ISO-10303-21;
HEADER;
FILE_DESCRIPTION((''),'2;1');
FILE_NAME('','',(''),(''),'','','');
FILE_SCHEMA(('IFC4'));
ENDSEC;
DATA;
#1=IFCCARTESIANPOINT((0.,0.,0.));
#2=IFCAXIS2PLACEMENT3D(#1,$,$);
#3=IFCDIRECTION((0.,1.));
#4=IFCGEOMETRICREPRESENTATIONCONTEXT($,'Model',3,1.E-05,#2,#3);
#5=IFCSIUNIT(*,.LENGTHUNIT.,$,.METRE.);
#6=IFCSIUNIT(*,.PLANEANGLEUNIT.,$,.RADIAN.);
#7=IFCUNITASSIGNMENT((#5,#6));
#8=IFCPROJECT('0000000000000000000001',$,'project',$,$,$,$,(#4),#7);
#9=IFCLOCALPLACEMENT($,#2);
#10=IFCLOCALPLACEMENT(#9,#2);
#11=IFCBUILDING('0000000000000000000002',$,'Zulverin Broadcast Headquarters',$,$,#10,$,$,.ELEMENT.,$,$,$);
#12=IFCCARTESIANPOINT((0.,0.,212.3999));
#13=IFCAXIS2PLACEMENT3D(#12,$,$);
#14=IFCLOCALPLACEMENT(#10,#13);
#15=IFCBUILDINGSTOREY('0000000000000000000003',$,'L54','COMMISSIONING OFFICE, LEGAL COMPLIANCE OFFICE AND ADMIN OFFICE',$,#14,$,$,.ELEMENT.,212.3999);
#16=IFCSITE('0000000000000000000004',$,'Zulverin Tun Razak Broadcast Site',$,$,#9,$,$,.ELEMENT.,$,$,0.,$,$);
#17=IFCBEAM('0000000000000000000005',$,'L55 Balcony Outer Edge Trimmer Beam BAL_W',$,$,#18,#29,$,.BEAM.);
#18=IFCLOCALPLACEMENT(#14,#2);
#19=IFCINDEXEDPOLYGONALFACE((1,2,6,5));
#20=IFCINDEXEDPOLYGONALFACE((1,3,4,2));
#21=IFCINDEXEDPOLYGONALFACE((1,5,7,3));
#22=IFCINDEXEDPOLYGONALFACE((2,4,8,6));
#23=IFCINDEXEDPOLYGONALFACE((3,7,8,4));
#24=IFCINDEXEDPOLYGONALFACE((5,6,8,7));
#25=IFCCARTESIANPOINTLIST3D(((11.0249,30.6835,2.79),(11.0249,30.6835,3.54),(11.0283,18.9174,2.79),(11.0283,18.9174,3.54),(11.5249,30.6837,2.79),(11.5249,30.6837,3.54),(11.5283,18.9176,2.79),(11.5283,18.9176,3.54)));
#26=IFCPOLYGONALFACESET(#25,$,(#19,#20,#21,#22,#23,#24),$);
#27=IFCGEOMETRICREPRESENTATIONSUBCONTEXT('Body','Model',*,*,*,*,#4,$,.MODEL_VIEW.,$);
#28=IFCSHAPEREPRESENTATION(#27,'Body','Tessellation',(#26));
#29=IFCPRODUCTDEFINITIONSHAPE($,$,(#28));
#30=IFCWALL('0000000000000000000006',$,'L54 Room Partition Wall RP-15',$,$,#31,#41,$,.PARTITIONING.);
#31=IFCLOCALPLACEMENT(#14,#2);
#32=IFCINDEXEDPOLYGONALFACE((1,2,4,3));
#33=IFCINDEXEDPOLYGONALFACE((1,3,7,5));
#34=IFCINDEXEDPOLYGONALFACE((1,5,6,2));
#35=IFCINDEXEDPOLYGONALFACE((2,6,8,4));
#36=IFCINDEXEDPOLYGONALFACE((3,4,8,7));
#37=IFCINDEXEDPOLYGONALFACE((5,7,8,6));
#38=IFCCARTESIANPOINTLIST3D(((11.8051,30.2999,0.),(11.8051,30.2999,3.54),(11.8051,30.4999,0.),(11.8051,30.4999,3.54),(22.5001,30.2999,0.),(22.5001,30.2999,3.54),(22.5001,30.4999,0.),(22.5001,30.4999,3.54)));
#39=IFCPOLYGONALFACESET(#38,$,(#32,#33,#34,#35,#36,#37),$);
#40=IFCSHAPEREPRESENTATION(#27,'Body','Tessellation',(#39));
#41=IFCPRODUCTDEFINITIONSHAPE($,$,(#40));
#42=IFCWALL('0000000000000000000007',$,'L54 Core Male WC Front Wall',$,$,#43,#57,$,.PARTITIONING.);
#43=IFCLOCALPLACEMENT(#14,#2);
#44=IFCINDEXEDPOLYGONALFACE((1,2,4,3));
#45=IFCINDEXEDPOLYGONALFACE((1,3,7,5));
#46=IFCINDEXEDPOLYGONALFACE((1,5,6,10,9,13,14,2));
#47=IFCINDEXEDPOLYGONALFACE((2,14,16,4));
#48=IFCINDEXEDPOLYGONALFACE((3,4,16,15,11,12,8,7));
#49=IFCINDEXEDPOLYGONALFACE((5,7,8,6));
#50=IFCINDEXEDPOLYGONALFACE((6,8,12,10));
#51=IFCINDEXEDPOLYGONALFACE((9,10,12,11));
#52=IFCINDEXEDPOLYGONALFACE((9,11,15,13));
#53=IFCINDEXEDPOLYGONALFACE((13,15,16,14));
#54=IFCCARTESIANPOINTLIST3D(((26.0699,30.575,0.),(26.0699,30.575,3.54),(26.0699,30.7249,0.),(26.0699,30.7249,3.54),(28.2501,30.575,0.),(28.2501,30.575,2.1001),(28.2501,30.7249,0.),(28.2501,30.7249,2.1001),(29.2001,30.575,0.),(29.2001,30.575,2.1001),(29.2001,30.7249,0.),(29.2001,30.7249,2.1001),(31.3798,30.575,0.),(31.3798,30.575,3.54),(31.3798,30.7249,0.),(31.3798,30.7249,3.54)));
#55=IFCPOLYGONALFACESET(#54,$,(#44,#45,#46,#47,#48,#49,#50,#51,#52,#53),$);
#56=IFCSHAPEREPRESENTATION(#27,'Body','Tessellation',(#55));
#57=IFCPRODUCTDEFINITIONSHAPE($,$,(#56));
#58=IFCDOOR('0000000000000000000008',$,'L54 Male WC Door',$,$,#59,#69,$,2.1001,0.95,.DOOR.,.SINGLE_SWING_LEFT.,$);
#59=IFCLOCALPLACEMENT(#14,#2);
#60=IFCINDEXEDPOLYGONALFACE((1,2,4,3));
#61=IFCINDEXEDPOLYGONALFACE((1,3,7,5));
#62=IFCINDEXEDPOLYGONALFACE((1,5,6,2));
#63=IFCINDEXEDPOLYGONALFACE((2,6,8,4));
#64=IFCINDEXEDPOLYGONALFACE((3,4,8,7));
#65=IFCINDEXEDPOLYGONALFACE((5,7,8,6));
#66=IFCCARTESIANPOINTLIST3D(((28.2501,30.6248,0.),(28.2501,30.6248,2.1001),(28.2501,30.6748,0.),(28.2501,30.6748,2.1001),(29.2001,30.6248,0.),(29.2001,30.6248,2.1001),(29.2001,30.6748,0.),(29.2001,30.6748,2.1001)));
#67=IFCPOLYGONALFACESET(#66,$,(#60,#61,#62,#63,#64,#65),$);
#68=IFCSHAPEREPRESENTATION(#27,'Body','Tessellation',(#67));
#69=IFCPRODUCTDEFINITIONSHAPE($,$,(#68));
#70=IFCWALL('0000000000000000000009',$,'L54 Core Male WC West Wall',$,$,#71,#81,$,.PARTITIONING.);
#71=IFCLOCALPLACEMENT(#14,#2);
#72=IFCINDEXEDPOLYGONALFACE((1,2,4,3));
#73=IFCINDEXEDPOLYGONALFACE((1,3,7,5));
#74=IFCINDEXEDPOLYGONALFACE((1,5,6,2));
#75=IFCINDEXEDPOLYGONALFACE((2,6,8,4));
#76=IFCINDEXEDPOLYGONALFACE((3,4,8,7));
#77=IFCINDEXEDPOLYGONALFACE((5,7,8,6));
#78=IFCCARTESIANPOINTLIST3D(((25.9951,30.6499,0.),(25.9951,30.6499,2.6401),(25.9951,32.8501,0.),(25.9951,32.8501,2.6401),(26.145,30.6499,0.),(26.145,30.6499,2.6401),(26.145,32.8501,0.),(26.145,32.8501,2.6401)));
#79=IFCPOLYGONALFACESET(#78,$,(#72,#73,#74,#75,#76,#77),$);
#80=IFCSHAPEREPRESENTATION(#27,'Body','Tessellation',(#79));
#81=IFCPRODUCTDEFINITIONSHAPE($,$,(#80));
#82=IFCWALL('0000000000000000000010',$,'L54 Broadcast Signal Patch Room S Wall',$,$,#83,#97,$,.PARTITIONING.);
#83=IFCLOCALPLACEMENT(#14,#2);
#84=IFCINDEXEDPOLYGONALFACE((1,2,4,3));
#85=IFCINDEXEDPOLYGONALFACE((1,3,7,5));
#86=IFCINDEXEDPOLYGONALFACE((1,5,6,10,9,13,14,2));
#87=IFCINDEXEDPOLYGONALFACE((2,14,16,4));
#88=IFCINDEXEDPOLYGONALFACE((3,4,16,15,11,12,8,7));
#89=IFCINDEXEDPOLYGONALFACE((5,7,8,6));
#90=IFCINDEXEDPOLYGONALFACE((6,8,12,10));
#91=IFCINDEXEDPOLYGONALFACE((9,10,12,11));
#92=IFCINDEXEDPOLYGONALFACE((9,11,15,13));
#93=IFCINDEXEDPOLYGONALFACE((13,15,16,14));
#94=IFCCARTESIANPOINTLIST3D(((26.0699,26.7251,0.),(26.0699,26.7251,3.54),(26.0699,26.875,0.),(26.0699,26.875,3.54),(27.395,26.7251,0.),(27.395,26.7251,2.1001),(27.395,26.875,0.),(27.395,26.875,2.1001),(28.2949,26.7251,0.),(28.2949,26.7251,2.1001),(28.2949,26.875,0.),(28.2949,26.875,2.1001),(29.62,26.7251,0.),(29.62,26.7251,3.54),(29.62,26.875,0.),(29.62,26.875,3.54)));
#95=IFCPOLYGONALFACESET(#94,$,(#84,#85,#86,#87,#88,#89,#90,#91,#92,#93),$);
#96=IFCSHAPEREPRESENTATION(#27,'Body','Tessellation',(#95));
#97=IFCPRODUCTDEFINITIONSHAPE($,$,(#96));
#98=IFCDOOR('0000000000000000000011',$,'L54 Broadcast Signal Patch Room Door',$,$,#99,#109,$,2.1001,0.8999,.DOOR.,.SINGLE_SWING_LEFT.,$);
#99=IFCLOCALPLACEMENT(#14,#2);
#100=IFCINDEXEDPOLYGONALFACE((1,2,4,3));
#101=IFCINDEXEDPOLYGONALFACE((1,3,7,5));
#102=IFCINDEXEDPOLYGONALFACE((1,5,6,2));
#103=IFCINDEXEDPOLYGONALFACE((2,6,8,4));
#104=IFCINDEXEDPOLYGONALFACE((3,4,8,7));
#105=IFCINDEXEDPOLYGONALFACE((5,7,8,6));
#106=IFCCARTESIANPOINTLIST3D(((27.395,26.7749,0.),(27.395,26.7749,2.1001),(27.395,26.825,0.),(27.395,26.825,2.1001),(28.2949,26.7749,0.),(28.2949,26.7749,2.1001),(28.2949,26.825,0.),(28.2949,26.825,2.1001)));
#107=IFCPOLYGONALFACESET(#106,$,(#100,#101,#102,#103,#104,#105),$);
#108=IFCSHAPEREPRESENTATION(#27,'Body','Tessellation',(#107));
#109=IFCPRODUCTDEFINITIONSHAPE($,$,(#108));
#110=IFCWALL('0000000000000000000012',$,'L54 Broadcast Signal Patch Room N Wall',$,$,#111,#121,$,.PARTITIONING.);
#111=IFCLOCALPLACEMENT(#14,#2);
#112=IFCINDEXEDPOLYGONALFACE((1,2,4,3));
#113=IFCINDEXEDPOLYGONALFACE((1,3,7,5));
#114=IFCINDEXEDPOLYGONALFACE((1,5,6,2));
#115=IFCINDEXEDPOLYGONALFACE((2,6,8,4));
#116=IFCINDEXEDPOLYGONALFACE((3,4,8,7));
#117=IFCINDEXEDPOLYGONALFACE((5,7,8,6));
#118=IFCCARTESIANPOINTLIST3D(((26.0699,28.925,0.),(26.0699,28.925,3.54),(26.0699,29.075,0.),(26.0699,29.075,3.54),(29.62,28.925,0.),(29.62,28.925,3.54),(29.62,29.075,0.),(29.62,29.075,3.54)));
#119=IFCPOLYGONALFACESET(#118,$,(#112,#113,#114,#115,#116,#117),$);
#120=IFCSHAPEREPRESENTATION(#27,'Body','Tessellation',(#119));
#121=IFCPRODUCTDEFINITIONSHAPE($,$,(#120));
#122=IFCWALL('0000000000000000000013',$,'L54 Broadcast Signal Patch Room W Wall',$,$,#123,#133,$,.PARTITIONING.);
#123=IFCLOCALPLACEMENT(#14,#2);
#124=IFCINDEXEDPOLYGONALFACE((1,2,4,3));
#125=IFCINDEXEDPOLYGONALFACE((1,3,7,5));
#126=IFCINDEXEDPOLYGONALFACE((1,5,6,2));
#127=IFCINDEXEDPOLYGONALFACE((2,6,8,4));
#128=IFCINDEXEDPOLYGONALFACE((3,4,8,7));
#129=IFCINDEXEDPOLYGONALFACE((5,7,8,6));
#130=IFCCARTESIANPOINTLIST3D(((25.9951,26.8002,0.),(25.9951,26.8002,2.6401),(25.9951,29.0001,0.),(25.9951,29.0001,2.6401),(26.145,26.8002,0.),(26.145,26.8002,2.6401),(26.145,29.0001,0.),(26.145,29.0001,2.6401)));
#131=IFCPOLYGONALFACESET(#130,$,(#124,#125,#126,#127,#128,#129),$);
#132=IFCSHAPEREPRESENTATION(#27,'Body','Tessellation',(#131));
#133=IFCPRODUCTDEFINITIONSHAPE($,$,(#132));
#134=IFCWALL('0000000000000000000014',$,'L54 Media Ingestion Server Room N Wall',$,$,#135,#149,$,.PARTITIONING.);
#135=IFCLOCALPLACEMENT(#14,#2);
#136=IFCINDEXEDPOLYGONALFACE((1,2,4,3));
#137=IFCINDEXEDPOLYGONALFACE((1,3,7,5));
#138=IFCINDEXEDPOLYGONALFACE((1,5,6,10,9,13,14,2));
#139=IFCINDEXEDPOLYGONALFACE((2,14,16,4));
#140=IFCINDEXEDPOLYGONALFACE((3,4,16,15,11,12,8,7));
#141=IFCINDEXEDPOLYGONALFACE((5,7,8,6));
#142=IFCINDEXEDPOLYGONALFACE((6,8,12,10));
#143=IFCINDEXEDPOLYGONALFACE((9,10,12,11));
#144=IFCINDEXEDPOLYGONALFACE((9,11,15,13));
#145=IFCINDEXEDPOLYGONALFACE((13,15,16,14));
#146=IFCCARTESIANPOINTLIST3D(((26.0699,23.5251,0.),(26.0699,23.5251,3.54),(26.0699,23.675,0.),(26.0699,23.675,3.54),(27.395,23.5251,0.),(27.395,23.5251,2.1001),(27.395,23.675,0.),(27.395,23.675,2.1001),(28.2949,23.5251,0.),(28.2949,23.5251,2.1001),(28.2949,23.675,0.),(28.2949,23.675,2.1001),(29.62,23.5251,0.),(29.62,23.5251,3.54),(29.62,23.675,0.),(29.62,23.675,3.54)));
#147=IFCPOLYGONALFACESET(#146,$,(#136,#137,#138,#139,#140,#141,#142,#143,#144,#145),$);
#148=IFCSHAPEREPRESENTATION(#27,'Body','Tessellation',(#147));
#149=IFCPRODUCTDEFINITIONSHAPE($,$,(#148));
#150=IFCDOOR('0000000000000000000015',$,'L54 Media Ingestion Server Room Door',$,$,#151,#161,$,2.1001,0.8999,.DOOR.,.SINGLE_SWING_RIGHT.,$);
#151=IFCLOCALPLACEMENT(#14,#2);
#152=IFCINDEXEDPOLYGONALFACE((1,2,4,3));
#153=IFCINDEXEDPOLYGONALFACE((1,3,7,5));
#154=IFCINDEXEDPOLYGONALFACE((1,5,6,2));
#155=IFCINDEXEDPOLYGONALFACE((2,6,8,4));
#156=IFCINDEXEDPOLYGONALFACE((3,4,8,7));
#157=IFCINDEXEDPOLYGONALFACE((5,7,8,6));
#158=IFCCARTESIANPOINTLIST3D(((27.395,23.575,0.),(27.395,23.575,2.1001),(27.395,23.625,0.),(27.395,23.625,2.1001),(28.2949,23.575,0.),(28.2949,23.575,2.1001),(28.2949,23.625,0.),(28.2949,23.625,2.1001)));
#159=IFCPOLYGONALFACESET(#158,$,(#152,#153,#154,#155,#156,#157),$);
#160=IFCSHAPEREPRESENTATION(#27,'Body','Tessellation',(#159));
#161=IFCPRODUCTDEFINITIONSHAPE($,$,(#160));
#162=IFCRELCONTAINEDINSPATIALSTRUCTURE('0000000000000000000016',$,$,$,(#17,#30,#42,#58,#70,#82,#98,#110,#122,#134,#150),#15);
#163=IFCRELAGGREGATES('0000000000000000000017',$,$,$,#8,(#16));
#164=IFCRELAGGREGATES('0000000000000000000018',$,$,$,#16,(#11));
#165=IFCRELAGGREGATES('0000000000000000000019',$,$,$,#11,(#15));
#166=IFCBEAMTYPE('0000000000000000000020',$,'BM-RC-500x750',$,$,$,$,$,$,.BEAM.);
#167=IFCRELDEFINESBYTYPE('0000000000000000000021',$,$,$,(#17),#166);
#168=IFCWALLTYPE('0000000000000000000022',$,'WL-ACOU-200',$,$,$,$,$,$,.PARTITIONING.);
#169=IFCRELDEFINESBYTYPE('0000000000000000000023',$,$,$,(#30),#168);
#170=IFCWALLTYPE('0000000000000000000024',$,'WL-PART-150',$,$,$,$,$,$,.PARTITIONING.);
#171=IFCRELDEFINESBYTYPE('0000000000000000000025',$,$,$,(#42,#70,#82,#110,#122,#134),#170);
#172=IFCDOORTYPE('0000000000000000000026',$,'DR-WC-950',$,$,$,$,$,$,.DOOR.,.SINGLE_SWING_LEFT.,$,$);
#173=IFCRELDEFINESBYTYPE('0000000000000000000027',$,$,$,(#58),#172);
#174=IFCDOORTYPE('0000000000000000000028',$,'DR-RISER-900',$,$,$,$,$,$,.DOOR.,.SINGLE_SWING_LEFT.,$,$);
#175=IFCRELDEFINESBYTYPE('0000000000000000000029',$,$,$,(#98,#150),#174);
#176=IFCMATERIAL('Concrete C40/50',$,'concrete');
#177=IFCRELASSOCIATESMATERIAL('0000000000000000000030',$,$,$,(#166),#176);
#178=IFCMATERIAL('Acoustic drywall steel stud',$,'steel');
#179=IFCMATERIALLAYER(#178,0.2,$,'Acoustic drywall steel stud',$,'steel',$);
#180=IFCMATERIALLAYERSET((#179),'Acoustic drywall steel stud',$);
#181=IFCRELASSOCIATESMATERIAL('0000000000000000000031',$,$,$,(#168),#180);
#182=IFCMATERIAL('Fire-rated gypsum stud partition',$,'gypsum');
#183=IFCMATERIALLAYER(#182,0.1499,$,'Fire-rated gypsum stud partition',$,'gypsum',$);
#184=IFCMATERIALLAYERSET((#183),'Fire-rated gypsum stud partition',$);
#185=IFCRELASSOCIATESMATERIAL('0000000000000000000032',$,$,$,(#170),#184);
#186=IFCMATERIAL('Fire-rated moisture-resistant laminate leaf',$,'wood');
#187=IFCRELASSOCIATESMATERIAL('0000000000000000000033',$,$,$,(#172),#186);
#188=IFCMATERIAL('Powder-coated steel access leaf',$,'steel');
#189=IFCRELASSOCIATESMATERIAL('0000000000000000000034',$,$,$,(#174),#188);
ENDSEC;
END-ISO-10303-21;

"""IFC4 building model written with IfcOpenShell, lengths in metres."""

from ifc_helpers import new_model, si_unit, direction, frame, frame_2d, origin, origin_2d, place, context, subcontext, project, spatial, rectangle, extrude, material, layer, layer_set, material_profile, profile_set, type_object, element, fill, save


model = new_model("IFC4")

# Units and contexts
model_context = context("Model", 3, precision=1e-05, world=origin(), true_north=direction((0.0, 1.0)))
body_context = subcontext(model_context, "Body", "Model", "MODEL_VIEW")
ifc_project = project(units=[si_unit("LENGTHUNIT", "METRE"), si_unit("PLANEANGLEUNIT", "RADIAN")], contexts=[model_context])

# Site, building, storey
site_placement = place(None, origin())
site = spatial("IfcSite", under=ifc_project, at=site_placement, Name="Zulverin Tun Razak Broadcast Site", CompositionType="ELEMENT", RefElevation=0.0)
building_placement = place(site_placement, origin())
building = spatial("IfcBuilding", under=site, at=building_placement, Name="Zulverin Broadcast Headquarters", CompositionType="ELEMENT")
storey_placement = place(building_placement, frame((0.0, 0.0, 212.3999)))
storey = spatial("IfcBuildingStorey", under=building, at=storey_placement, Name="L54", Description="COMMISSIONING OFFICE, LEGAL COMPLIANCE OFFICE AND ADMIN OFFICE", CompositionType="ELEMENT", Elevation=212.3999)

# Beam
ifc_material_1 = material(Name="Concrete C40/50", Category="concrete")
ifc_material_profile = material_profile(ifc_material_1, rectangle(XDim=0.5, YDim=0.75, at=origin_2d()), Name="Concrete C40/50", Category="concrete")
ifc_profile_set = profile_set([ifc_material_profile], Name="Concrete C40/50")
beam_type = type_object("IfcBeamType", Name="BM-RC-500x750", PredefinedType="BEAM", material=ifc_profile_set)
beam_placement = place(storey_placement, frame((11.2749, 30.6836, 3.165), z_axis=(0.00029, -1.0, 0.0), x_axis=(1.0, 0.00029, 0.0)))
element("IfcBeam", 1, at=beam_placement, inside=storey, type_object=beam_type, Name="L55 Balcony Outer Edge Trimmer Beam BAL_W", PredefinedType="BEAM", context=body_context, shape_type="SweptSolid", body=[
    extrude(rectangle(XDim=0.5, YDim=0.75, at=origin_2d()), origin(), (0.0, 0.0, 1.0), 11.7661),
])

# Wall
ifc_material_2 = material(Name="Acoustic drywall steel stud", Category="steel")
ifc_layer_1 = layer(ifc_material_2, 0.2, Name="Acoustic drywall steel stud", Category="steel")
ifc_layer_set_1 = layer_set([ifc_layer_1], Name="Acoustic drywall steel stud")
wall_type_1 = type_object("IfcWallType", Name="WL-ACOU-200", PredefinedType="PARTITIONING", material=ifc_layer_set_1)
wall_1_placement = place(storey_placement, frame((11.8049, 30.3999, 0.0), z_axis=(0.0, 0.0, 1.0), x_axis=(1.0, 0.0, 0.0)))
element("IfcWall", 2, at=wall_1_placement, inside=storey, type_object=wall_type_1, Name="L54 Room Partition Wall RP-15", PredefinedType="PARTITIONING", context=body_context, shape_type="SweptSolid", body=[
    extrude(rectangle(XDim=10.6951, YDim=0.2, at=frame_2d((5.3477, 0.0))), origin(), (0.0, 0.0, 1.0), 3.54),
])

# Wall, opening, door
ifc_material_3 = material(Name="Fire-rated gypsum stud partition", Category="gypsum")
ifc_layer_2 = layer(ifc_material_3, 0.1499, Name="Fire-rated gypsum stud partition", Category="gypsum")
ifc_layer_set_2 = layer_set([ifc_layer_2], Name="Fire-rated gypsum stud partition")
wall_type_2 = type_object("IfcWallType", Name="WL-PART-150", PredefinedType="PARTITIONING", material=ifc_layer_set_2)
wall_2_placement = place(storey_placement, frame((26.0701, 30.6499, 0.0), z_axis=(0.0, 0.0, 1.0), x_axis=(1.0, 0.0, 0.0)))
wall_2 = element("IfcWall", 3, at=wall_2_placement, inside=storey, type_object=wall_type_2, Name="L54 Core Male WC Front Wall", PredefinedType="PARTITIONING", context=body_context, shape_type="SweptSolid", body=[
    extrude(rectangle(XDim=5.3098, YDim=0.1499, at=frame_2d((2.6548, 0.0))), origin(), (0.0, 0.0, 1.0), 3.54),
])
opening_1_placement = place(wall_2_placement, frame((2.1799, 0.0, 0.0)))
opening_1 = element("IfcOpeningElement", 4, at=opening_1_placement, cuts=wall_2, PredefinedType="OPENING", context=body_context, shape_type="SweptSolid", body=[
    extrude(rectangle(XDim=0.95, YDim=2.1001, at=frame_2d((0.4751, 1.05))), frame((0.0, 0.085, 0.0), z_axis=(0.0, -1.0, 0.0), x_axis=(1.0, 0.0, 0.0)), (0.0, 0.0, 1.0), 0.1699),
])
ifc_material_4 = material(Name="Fire-rated moisture-resistant laminate leaf", Category="wood")
door_type_1 = type_object("IfcDoorType", Name="DR-WC-950", OperationType="SINGLE_SWING_LEFT", PredefinedType="DOOR", material=ifc_material_4)
door_1_placement = place(opening_1_placement, origin())
door_1 = element("IfcDoor", 5, at=door_1_placement, inside=storey, type_object=door_type_1, Name="L54 Male WC Door", OperationType="SINGLE_SWING_LEFT", OverallHeight=2.1001, OverallWidth=0.95, PredefinedType="DOOR", context=body_context, shape_type="SweptSolid", body=[
    extrude(rectangle(XDim=0.95, YDim=2.1001, at=frame_2d((0.4751, 1.05))), frame((0.0, 0.0249, 0.0), z_axis=(0.0, -1.0, 0.0), x_axis=(1.0, 0.0, 0.0)), (0.0, 0.0, 1.0), 0.05),
])
fill(opening_1, door_1)

# Wall
wall_3_placement = place(storey_placement, frame((26.0701, 30.6499, 0.0), z_axis=(0.0, 0.0, 1.0), x_axis=(0.0, 1.0, 0.0)))
element("IfcWall", 6, at=wall_3_placement, inside=storey, type_object=wall_type_2, Name="L54 Core Male WC West Wall", PredefinedType="PARTITIONING", context=body_context, shape_type="SweptSolid", body=[
    extrude(rectangle(XDim=2.2002, YDim=0.1499, at=frame_2d((1.1001, 0.0))), origin(), (0.0, 0.0, 1.0), 2.6401),
])

# Wall, opening, door
wall_4_placement = place(storey_placement, frame((26.0701, 26.8, 0.0), z_axis=(0.0, 0.0, 1.0), x_axis=(1.0, 0.0, 0.0)))
wall_4 = element("IfcWall", 7, at=wall_4_placement, inside=storey, type_object=wall_type_2, Name="L54 Broadcast Signal Patch Room S Wall", PredefinedType="PARTITIONING", context=body_context, shape_type="SweptSolid", body=[
    extrude(rectangle(XDim=3.55, YDim=0.1499, at=frame_2d((1.7749, 0.0))), origin(), (0.0, 0.0, 1.0), 3.54),
])
opening_2_placement = place(wall_4_placement, frame((1.325, 0.0, 0.0)))
opening_2 = element("IfcOpeningElement", 8, at=opening_2_placement, cuts=wall_4, PredefinedType="OPENING", context=body_context, shape_type="SweptSolid", body=[
    extrude(rectangle(XDim=0.8999, YDim=2.1001, at=frame_2d((0.45, 1.05))), frame((0.0, 0.085, 0.0), z_axis=(0.0, -1.0, 0.0), x_axis=(1.0, 0.0, 0.0)), (0.0, 0.0, 1.0), 0.1699),
])
ifc_material_5 = material(Name="Powder-coated steel access leaf", Category="steel")
door_type_2 = type_object("IfcDoorType", Name="DR-RISER-900", OperationType="SINGLE_SWING_LEFT", PredefinedType="DOOR", material=ifc_material_5)
door_2_placement = place(opening_2_placement, origin())
door_2 = element("IfcDoor", 9, at=door_2_placement, inside=storey, type_object=door_type_2, Name="L54 Broadcast Signal Patch Room Door", OperationType="SINGLE_SWING_LEFT", OverallHeight=2.1001, OverallWidth=0.8999, PredefinedType="DOOR", context=body_context, shape_type="SweptSolid", body=[
    extrude(rectangle(XDim=0.8999, YDim=2.1001, at=frame_2d((0.45, 1.05))), frame((0.0, 0.0249, 0.0), z_axis=(0.0, -1.0, 0.0), x_axis=(1.0, 0.0, 0.0)), (0.0, 0.0, 1.0), 0.05),
])
fill(opening_2, door_2)

# Walls
wall_5_placement = place(storey_placement, frame((26.0701, 29.0, 0.0), z_axis=(0.0, 0.0, 1.0), x_axis=(1.0, 0.0, 0.0)))
element("IfcWall", 10, at=wall_5_placement, inside=storey, type_object=wall_type_2, Name="L54 Broadcast Signal Patch Room N Wall", PredefinedType="PARTITIONING", context=body_context, shape_type="SweptSolid", body=[
    extrude(rectangle(XDim=3.55, YDim=0.1499, at=frame_2d((1.7749, 0.0))), origin(), (0.0, 0.0, 1.0), 3.54),
])
wall_6_placement = place(storey_placement, frame((26.0701, 26.8, 0.0), z_axis=(0.0, 0.0, 1.0), x_axis=(0.0, 1.0, 0.0)))
element("IfcWall", 11, at=wall_6_placement, inside=storey, type_object=wall_type_2, Name="L54 Broadcast Signal Patch Room W Wall", PredefinedType="PARTITIONING", context=body_context, shape_type="SweptSolid", body=[
    extrude(rectangle(XDim=2.2, YDim=0.1499, at=frame_2d((1.1001, 0.0))), origin(), (0.0, 0.0, 1.0), 2.6401),
])

# Wall, opening, door
wall_7_placement = place(storey_placement, frame((26.0701, 23.6001, 0.0), z_axis=(0.0, 0.0, 1.0), x_axis=(1.0, 0.0, 0.0)))
wall_7 = element("IfcWall", 12, at=wall_7_placement, inside=storey, type_object=wall_type_2, Name="L54 Media Ingestion Server Room N Wall", PredefinedType="PARTITIONING", context=body_context, shape_type="SweptSolid", body=[
    extrude(rectangle(XDim=3.55, YDim=0.1499, at=frame_2d((1.7749, 0.0))), origin(), (0.0, 0.0, 1.0), 3.54),
])
opening_3_placement = place(wall_7_placement, frame((1.325, 0.0, 0.0)))
opening_3 = element("IfcOpeningElement", 13, at=opening_3_placement, cuts=wall_7, PredefinedType="OPENING", context=body_context, shape_type="SweptSolid", body=[
    extrude(rectangle(XDim=0.8999, YDim=2.1001, at=frame_2d((0.45, 1.05))), frame((0.0, 0.085, 0.0), z_axis=(0.0, -1.0, 0.0), x_axis=(1.0, 0.0, 0.0)), (0.0, 0.0, 1.0), 0.1699),
])
door_3_placement = place(opening_3_placement, origin())
door_3 = element("IfcDoor", 14, at=door_3_placement, inside=storey, type_object=door_type_2, Name="L54 Media Ingestion Server Room Door", OperationType="SINGLE_SWING_RIGHT", OverallHeight=2.1001, OverallWidth=0.8999, PredefinedType="DOOR", context=body_context, shape_type="SweptSolid", body=[
    extrude(rectangle(XDim=0.8999, YDim=2.1001, at=frame_2d((0.45, 1.05))), frame((0.0, 0.0249, 0.0), z_axis=(0.0, -1.0, 0.0), x_axis=(1.0, 0.0, 0.0)), (0.0, 0.0, 1.0), 0.05),
])
fill(opening_3, door_3)

save(model, "model.ifc")
